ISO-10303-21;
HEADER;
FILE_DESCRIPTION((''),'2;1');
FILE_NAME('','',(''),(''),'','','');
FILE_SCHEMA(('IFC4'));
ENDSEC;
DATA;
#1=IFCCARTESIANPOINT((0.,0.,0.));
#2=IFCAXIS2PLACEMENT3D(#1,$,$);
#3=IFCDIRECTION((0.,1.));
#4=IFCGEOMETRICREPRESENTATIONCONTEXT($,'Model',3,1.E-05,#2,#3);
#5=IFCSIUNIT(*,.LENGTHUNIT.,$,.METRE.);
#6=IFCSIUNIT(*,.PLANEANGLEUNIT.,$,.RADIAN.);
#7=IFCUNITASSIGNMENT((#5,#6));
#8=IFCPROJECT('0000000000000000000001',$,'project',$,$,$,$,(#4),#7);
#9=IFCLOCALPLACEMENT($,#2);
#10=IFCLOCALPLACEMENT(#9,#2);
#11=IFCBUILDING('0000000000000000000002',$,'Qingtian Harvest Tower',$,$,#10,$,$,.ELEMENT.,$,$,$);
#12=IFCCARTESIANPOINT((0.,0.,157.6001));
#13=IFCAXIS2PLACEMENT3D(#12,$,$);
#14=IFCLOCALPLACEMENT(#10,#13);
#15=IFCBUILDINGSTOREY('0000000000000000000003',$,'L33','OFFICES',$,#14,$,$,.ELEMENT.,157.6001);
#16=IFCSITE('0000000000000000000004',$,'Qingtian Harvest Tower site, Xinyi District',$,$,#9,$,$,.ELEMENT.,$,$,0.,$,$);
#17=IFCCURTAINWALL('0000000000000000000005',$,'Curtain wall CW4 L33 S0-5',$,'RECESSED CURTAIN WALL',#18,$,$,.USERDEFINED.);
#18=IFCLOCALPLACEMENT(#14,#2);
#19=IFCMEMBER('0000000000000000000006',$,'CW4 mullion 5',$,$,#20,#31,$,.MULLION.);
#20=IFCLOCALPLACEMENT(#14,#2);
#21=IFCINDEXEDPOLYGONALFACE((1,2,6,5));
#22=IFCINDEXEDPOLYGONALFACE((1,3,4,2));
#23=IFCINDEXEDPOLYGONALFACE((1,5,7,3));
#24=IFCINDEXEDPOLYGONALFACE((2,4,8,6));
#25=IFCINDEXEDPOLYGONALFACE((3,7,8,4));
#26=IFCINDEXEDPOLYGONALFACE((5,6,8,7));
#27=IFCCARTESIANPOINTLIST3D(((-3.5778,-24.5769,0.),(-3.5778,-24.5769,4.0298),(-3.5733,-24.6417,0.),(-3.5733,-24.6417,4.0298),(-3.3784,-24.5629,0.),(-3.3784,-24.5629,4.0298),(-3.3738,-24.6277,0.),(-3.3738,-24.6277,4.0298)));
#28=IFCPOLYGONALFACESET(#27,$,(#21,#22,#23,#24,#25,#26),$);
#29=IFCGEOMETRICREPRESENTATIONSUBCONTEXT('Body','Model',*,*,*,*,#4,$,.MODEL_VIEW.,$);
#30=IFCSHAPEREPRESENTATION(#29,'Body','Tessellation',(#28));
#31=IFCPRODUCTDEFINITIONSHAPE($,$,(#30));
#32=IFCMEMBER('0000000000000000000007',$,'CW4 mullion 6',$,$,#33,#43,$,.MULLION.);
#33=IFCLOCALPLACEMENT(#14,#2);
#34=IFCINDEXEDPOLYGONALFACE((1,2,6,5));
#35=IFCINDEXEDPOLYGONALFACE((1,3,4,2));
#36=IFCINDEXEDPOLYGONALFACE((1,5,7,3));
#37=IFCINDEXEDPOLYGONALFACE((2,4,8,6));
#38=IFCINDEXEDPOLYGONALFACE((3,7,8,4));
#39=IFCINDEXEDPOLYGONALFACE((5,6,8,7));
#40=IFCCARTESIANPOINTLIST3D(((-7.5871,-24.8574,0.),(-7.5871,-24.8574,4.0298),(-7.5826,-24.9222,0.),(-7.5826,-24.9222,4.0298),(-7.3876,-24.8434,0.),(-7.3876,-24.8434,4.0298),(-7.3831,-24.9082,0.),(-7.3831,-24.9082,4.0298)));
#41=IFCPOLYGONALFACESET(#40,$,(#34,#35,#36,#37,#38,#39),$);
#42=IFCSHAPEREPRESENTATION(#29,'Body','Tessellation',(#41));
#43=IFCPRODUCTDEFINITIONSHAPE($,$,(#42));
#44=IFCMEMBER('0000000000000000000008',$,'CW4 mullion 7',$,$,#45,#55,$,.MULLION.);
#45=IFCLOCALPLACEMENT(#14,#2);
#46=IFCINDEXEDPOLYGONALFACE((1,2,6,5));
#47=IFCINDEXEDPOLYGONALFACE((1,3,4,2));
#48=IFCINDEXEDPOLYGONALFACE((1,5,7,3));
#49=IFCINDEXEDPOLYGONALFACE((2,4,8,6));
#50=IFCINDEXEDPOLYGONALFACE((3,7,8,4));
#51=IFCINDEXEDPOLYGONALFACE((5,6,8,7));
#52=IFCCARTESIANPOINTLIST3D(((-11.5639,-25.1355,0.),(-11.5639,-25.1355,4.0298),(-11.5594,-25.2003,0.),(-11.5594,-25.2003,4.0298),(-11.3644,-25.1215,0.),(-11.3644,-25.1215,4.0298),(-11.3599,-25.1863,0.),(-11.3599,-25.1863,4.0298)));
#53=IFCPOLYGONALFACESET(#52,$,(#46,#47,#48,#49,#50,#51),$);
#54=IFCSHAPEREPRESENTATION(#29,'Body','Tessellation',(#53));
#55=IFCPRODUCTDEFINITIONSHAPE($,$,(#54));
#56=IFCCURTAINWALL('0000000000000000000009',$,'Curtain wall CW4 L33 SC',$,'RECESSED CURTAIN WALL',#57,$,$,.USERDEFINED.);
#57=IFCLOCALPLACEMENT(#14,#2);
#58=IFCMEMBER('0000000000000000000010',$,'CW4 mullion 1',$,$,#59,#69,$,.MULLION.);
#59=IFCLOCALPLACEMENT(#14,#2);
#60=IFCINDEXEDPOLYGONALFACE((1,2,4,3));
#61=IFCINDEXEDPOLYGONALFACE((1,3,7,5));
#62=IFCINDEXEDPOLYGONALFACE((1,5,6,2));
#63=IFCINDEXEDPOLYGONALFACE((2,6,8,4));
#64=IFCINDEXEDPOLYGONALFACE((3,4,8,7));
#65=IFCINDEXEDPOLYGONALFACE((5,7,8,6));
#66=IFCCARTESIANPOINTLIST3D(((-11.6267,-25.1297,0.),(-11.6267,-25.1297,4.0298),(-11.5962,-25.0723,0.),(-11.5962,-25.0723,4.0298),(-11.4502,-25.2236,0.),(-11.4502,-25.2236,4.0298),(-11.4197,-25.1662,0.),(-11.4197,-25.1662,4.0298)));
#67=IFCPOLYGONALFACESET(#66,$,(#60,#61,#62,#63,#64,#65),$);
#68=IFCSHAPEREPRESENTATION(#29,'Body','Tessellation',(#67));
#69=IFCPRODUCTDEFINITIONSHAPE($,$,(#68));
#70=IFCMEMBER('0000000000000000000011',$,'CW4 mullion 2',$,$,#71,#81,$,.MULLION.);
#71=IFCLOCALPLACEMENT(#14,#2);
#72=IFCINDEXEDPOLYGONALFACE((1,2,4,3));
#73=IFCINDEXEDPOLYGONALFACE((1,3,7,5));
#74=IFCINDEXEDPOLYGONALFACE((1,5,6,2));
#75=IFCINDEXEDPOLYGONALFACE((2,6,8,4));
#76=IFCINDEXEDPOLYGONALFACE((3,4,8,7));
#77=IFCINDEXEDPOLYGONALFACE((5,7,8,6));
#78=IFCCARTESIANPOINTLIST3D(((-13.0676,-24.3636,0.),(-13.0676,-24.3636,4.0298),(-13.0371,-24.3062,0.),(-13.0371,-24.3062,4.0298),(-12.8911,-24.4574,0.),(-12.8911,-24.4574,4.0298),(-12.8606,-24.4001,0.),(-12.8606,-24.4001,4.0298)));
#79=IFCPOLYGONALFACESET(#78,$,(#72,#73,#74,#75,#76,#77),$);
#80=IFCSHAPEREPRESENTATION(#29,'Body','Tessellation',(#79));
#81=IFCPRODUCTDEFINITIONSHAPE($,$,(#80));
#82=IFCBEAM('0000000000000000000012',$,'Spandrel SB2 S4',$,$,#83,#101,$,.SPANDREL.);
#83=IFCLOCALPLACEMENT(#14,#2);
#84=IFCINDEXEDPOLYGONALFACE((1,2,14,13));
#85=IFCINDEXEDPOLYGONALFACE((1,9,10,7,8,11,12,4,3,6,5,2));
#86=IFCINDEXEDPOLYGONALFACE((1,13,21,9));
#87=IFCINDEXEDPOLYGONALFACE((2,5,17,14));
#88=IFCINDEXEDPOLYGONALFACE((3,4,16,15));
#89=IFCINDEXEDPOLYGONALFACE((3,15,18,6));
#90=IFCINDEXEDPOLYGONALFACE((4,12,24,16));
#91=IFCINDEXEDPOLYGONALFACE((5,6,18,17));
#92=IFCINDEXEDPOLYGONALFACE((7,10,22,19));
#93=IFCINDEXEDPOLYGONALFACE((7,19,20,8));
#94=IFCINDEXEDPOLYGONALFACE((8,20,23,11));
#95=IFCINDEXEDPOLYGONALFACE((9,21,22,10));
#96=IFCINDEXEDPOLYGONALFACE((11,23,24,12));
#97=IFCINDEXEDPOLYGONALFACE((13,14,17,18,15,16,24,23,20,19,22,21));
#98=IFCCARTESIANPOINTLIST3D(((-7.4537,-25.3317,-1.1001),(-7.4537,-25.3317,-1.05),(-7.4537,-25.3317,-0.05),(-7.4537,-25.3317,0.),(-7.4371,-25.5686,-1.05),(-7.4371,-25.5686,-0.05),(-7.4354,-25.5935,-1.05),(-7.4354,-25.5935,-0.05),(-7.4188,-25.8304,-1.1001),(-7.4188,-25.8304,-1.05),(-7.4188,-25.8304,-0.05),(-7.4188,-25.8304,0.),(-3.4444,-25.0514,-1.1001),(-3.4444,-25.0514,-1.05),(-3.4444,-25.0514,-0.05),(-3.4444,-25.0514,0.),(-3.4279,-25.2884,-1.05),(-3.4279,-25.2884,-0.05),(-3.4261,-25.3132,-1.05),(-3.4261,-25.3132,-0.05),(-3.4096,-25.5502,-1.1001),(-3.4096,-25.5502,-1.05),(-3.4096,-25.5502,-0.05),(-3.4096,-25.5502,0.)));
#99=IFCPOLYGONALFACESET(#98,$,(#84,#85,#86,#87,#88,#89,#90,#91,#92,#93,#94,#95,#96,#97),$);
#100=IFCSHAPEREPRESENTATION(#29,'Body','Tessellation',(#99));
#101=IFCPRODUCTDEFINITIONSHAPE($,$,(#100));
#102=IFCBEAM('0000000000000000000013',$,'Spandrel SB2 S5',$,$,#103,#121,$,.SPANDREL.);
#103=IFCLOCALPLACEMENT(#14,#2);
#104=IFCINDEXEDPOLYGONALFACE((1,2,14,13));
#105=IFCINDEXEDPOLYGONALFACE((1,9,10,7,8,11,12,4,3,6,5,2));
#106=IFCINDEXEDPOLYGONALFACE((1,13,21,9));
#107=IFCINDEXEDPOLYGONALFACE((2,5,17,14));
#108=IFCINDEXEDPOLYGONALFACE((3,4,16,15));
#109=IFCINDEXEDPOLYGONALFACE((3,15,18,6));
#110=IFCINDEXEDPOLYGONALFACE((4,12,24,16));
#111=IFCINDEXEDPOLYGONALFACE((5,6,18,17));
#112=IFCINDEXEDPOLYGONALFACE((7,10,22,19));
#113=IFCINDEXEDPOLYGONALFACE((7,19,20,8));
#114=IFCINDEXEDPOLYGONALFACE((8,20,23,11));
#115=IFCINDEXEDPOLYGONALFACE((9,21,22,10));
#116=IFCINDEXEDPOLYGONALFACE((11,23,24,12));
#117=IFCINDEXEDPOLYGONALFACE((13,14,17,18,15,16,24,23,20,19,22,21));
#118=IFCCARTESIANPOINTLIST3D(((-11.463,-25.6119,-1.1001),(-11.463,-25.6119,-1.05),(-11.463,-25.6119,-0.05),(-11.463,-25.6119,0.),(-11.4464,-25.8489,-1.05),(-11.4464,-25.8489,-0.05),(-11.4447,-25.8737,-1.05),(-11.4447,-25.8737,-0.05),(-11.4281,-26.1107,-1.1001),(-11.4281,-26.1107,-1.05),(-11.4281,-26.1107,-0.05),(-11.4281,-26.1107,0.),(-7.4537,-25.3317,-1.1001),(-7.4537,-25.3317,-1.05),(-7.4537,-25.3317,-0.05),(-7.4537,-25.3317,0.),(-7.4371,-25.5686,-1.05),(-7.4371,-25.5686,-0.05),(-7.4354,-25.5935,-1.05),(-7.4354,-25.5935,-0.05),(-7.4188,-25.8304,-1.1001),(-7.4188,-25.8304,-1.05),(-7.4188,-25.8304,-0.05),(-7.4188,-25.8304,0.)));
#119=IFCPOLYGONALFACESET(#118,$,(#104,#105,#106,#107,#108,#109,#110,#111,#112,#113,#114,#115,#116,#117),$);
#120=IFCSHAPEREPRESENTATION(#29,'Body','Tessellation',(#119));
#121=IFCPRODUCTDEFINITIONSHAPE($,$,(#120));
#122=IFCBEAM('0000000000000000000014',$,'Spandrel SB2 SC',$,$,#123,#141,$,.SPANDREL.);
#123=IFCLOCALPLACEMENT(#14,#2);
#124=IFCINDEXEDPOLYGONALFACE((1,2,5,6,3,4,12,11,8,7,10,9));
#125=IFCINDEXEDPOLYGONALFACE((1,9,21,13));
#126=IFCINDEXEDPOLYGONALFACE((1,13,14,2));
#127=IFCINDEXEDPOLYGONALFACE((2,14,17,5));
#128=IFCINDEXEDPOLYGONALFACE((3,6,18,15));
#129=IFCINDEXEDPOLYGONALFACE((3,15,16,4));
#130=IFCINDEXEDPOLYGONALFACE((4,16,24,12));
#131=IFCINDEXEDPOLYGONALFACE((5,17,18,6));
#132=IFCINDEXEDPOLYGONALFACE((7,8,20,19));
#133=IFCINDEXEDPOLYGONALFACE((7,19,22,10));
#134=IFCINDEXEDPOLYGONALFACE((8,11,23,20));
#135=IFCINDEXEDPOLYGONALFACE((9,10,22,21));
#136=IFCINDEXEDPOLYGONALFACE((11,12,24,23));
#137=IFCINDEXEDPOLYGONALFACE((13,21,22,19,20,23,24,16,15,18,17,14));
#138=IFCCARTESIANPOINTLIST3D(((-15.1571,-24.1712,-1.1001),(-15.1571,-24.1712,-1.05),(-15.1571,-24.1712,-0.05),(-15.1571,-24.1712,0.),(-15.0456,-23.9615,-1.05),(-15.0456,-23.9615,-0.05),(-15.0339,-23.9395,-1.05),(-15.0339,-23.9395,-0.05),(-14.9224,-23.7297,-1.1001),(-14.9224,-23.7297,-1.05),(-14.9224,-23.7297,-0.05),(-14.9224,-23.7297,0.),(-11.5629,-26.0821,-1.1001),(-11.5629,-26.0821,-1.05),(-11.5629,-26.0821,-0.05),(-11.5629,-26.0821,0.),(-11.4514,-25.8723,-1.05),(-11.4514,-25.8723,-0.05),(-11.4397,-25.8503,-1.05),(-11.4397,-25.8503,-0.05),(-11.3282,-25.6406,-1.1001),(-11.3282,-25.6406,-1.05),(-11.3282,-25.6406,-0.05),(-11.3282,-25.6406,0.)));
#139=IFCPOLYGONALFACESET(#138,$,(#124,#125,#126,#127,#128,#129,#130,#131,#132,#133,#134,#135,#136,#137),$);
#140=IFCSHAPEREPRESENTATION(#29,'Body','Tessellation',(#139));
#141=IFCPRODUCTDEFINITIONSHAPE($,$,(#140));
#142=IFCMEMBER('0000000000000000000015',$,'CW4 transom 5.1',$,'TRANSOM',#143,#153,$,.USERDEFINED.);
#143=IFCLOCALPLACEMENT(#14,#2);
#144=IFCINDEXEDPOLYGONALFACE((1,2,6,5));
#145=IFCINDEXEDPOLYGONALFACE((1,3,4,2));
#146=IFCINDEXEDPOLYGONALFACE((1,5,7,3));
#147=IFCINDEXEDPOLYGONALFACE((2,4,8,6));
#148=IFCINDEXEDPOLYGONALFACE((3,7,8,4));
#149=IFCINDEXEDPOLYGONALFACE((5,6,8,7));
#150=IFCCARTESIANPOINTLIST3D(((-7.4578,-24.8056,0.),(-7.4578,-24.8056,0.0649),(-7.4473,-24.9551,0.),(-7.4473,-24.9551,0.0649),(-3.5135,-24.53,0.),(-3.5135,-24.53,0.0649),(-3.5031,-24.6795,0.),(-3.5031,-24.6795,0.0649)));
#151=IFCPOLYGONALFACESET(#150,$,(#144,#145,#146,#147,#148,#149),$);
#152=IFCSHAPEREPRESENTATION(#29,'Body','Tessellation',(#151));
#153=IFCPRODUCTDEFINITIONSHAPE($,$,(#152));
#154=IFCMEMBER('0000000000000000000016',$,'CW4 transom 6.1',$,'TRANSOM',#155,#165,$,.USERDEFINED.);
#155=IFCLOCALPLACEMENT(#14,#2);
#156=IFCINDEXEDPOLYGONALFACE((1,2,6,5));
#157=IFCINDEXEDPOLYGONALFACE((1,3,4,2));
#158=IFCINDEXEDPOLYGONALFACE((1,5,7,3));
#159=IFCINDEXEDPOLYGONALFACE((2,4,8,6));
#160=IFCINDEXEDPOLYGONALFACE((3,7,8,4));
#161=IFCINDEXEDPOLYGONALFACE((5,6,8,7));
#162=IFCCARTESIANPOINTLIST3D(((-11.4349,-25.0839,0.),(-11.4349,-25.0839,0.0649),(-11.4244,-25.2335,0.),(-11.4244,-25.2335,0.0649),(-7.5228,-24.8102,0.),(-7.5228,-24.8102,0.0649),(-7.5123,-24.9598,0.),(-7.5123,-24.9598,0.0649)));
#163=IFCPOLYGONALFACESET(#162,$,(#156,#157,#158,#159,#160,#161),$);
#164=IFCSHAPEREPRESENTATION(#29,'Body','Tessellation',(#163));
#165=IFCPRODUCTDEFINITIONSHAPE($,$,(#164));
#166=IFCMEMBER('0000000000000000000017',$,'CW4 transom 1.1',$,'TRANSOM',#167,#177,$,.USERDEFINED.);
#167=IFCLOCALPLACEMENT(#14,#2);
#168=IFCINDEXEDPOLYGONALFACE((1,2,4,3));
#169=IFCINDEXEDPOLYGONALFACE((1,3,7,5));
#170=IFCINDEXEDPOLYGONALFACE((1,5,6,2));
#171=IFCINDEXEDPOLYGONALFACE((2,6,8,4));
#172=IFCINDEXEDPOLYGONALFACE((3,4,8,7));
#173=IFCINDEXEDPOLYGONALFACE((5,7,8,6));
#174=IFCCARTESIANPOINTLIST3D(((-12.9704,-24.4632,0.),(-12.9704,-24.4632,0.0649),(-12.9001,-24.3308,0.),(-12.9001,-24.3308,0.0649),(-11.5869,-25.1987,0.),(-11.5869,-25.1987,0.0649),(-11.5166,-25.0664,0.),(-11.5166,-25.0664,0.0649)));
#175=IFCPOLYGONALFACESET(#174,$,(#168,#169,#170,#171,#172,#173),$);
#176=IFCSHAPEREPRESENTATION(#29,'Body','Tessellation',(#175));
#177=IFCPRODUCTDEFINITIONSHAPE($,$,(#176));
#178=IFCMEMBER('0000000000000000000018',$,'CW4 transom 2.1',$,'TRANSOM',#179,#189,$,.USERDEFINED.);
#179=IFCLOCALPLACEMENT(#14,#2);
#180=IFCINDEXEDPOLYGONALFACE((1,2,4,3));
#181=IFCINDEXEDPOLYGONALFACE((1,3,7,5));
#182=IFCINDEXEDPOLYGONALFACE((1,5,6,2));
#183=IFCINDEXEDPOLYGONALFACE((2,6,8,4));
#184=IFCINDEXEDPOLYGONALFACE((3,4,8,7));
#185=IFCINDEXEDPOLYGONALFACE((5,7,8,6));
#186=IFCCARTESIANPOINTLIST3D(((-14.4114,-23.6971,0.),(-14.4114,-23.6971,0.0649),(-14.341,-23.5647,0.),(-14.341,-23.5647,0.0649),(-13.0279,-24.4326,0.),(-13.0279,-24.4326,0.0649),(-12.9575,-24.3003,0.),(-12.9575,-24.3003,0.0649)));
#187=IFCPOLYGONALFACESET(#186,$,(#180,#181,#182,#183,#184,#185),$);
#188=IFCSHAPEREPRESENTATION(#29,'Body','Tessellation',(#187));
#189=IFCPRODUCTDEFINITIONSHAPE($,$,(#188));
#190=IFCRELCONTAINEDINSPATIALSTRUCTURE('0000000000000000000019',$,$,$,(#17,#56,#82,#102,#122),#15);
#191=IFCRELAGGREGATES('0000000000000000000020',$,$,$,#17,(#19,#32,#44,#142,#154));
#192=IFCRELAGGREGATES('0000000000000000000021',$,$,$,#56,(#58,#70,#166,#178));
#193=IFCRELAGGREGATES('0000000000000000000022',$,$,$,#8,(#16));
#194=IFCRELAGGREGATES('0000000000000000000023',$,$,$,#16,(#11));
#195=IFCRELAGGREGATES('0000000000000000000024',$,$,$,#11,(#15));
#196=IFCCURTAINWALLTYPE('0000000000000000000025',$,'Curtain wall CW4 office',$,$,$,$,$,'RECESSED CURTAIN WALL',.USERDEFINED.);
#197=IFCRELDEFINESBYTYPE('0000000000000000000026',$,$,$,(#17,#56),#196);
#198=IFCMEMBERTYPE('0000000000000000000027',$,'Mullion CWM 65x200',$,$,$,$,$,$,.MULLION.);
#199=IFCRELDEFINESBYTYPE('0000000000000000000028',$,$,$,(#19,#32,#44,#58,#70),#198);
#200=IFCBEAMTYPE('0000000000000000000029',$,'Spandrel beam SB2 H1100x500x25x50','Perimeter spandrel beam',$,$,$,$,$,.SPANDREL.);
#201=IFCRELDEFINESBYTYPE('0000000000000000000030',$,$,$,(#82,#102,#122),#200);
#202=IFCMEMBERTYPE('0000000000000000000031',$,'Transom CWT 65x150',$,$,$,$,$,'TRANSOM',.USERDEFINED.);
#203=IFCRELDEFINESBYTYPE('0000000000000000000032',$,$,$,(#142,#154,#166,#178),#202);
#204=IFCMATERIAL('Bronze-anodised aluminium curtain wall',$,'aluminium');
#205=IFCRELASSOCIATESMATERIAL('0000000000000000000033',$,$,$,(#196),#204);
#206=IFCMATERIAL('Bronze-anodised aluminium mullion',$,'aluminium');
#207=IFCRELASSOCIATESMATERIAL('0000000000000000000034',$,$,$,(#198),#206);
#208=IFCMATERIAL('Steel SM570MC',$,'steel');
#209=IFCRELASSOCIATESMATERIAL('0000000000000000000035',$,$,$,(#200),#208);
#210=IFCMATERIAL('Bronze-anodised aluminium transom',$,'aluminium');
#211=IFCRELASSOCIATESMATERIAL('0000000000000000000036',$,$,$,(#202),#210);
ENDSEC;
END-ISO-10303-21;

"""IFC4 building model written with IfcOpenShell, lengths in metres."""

from ifc_helpers import new_model, si_unit, direction, frame, origin, origin_2d, place, context, subcontext, project, spatial, rectangle, i_section, extrude, material, material_profile, profile_set, type_object, element, aggregate, save


model = new_model("IFC4")

# Units and contexts
model_context = context("Model", 3, precision=1e-05, world=origin(), true_north=direction((0.0, 1.0)))
body_context = subcontext(model_context, "Body", "Model", "MODEL_VIEW")
ifc_project = project(units=[si_unit("LENGTHUNIT", "METRE"), si_unit("PLANEANGLEUNIT", "RADIAN")], contexts=[model_context])

# Site, building, storey
site_placement = place(None, origin())
site = spatial("IfcSite", under=ifc_project, at=site_placement, Name="Qingtian Harvest Tower site, Xinyi District", CompositionType="ELEMENT", RefElevation=0.0)
building_placement = place(site_placement, origin())
building = spatial("IfcBuilding", under=site, at=building_placement, Name="Qingtian Harvest Tower", CompositionType="ELEMENT")
storey_placement = place(building_placement, frame((0.0, 0.0, 157.6001)))
storey = spatial("IfcBuildingStorey", under=building, at=storey_placement, Name="L33", Description="OFFICES", CompositionType="ELEMENT", Elevation=157.6001)

# Curtain walls, members
ifc_material_1 = material(Name="Bronze-anodised aluminium curtain wall", Category="aluminium")
curtain_wall_type = type_object("IfcCurtainWallType", Name="Curtain wall CW4 office", ElementType="RECESSED CURTAIN WALL", PredefinedType="USERDEFINED", material=ifc_material_1)
curtain_wall_1_placement = place(storey_placement, origin())
curtain_wall_1 = element("IfcCurtainWall", 1, at=curtain_wall_1_placement, inside=storey, type_object=curtain_wall_type, Name="Curtain wall CW4 L33 S0-5", ObjectType="RECESSED CURTAIN WALL", PredefinedType="USERDEFINED")
ifc_material_2 = material(Name="Bronze-anodised aluminium mullion", Category="aluminium")
ifc_material_profile_1 = material_profile(ifc_material_2, rectangle(XDim=0.0649, YDim=0.2, at=origin_2d()), Name="AL 65x200")
ifc_profile_set_1 = profile_set([ifc_material_profile_1], Name="Bronze-anodised aluminium mullion")
member_type_1 = type_object("IfcMemberType", Name="Mullion CWM 65x200", PredefinedType="MULLION", material=ifc_profile_set_1)
member_1_placement = place(storey_placement, frame((-3.4758, -24.6023, 0.0), z_axis=(0.0, 0.0, 1.0), x_axis=(0.069756, -0.997564, 0.0)))
member_1 = element("IfcMember", 2, at=member_1_placement, type_object=member_type_1, Name="CW4 mullion 5", PredefinedType="MULLION", context=body_context, shape_type="SweptSolid", body=[
    extrude(rectangle(XDim=0.0649, YDim=0.2, at=origin_2d()), origin(), (0.0, 0.0, 1.0), 4.0298),
])
member_2_placement = place(storey_placement, frame((-7.4851, -24.8828, 0.0), z_axis=(0.0, 0.0, 1.0), x_axis=(0.069756, -0.997564, 0.0)))
member_2 = element("IfcMember", 3, at=member_2_placement, type_object=member_type_1, Name="CW4 mullion 6", PredefinedType="MULLION", context=body_context, shape_type="SweptSolid", body=[
    extrude(rectangle(XDim=0.0649, YDim=0.2, at=origin_2d()), origin(), (0.0, 0.0, 1.0), 4.0298),
])
member_3_placement = place(storey_placement, frame((-11.4619, -25.1609, 0.0), z_axis=(0.0, 0.0, 1.0), x_axis=(0.069756, -0.997564, 0.0)))
member_3 = element("IfcMember", 4, at=member_3_placement, type_object=member_type_1, Name="CW4 mullion 7", PredefinedType="MULLION", context=body_context, shape_type="SweptSolid", body=[
    extrude(rectangle(XDim=0.0649, YDim=0.2, at=origin_2d()), origin(), (0.0, 0.0, 1.0), 4.0298),
])
curtain_wall_2_placement = place(storey_placement, origin())
curtain_wall_2 = element("IfcCurtainWall", 5, at=curtain_wall_2_placement, inside=storey, type_object=curtain_wall_type, Name="Curtain wall CW4 L33 SC", ObjectType="RECESSED CURTAIN WALL", PredefinedType="USERDEFINED")
member_4_placement = place(storey_placement, frame((-11.5232, -25.1479, 0.0), z_axis=(0.0, 0.0, 1.0), x_axis=(-0.469472, -0.882948, 0.0)))
member_4 = element("IfcMember", 6, at=member_4_placement, type_object=member_type_1, Name="CW4 mullion 1", PredefinedType="MULLION", context=body_context, shape_type="SweptSolid", body=[
    extrude(rectangle(XDim=0.0649, YDim=0.2, at=origin_2d()), origin(), (0.0, 0.0, 1.0), 4.0298),
])
member_5_placement = place(storey_placement, frame((-12.9641, -24.3818, 0.0), z_axis=(0.0, 0.0, 1.0), x_axis=(-0.469472, -0.882948, 0.0)))
member_5 = element("IfcMember", 7, at=member_5_placement, type_object=member_type_1, Name="CW4 mullion 2", PredefinedType="MULLION", context=body_context, shape_type="SweptSolid", body=[
    extrude(rectangle(XDim=0.0649, YDim=0.2, at=origin_2d()), origin(), (0.0, 0.0, 1.0), 4.0298),
])

# Beams
ifc_material_3 = material(Name="Steel SM570MC", Category="steel")
ifc_material_profile_2 = material_profile(ifc_material_3, i_section(OverallWidth=0.5, OverallDepth=1.1001, WebThickness=0.0249, FlangeThickness=0.05, at=origin_2d()), Name="H1100x500x25x50")
ifc_profile_set_2 = profile_set([ifc_material_profile_2], Name="Steel SM570MC")
beam_type_1 = type_object("IfcBeamType", Name="Spandrel beam SB2 H1100x500x25x50", Description="Perimeter spandrel beam", PredefinedType="SPANDREL", material=ifc_profile_set_2)
for number, where, z_axis, x_axis, name in (
    (8, (-3.427, -25.3008, -0.55), (-0.997565, -0.069736, 0.0), (0.069736, -0.997565, 0.0), "Spandrel SB2 S4"),
    (9, (-7.4363, -25.5811, -0.55), (-0.997565, -0.069736, 0.0), (0.069736, -0.997565, 0.0), "Spandrel SB2 S5"),
):
    element("IfcBeam", number, at=place(storey_placement, frame(where, z_axis=z_axis, x_axis=x_axis)), inside=storey, type_object=beam_type_1, Name=name, PredefinedType="SPANDREL", context=body_context, shape_type="SweptSolid", body=[
        extrude(i_section(OverallWidth=0.5, OverallDepth=1.1001, WebThickness=0.0249, FlangeThickness=0.05, at=origin_2d()), origin(), (0.0, 0.0, 1.0), 4.019),
    ])
beam_1_placement = place(storey_placement, frame((-11.4456, -25.8613, -0.55), z_axis=(-0.882968, 0.469433, 0.0), x_axis=(-0.469433, -0.882968, 0.0)))
element("IfcBeam", 10, at=beam_1_placement, inside=storey, type_object=beam_type_1, Name="Spandrel SB2 SC", PredefinedType="SPANDREL", context=body_context, shape_type="SweptSolid", body=[
    extrude(i_section(OverallWidth=0.5, OverallDepth=1.1001, WebThickness=0.0249, FlangeThickness=0.05, at=origin_2d()), origin(), (0.0, 0.0, 1.0), 4.0706),
])

# Members
ifc_material_4 = material(Name="Bronze-anodised aluminium transom", Category="aluminium")
ifc_material_profile_3 = material_profile(ifc_material_4, rectangle(XDim=0.1499, YDim=0.0649, at=origin_2d()), Name="AL 65x150")
ifc_profile_set_3 = profile_set([ifc_material_profile_3], Name="Bronze-anodised aluminium transom")
member_type_2 = type_object("IfcMemberType", Name="Transom CWT 65x150", ElementType="TRANSOM", PredefinedType="USERDEFINED", material=ifc_profile_set_3)
member_6_placement = place(storey_placement, frame((-3.5083, -24.6047, 0.0325), z_axis=(-0.997567, -0.069711, 0.0), x_axis=(0.069711, -0.997567, 0.0)))
member_6 = element("IfcMember", 11, at=member_6_placement, type_object=member_type_2, Name="CW4 transom 5.1", ObjectType="TRANSOM", PredefinedType="USERDEFINED", context=body_context, shape_type="SweptSolid", body=[
    extrude(rectangle(XDim=0.1499, YDim=0.0649, at=origin_2d()), origin(), (0.0, 0.0, 1.0), 3.9539),
])
member_7_placement = place(storey_placement, frame((-7.5176, -24.885, 0.0325), z_axis=(-0.997562, -0.069787, 0.0), x_axis=(0.069787, -0.997562, 0.0)))
member_7 = element("IfcMember", 12, at=member_7_placement, type_object=member_type_2, Name="CW4 transom 6.1", ObjectType="TRANSOM", PredefinedType="USERDEFINED", context=body_context, shape_type="SweptSolid", body=[
    extrude(rectangle(XDim=0.1499, YDim=0.0649, at=origin_2d()), origin(), (0.0, 0.0, 1.0), 3.9216),
])
member_8_placement = place(storey_placement, frame((-11.5518, -25.1326, 0.0325), z_axis=(-0.88296, 0.469448, 0.0), x_axis=(-0.469448, -0.88296, 0.0)))
member_8 = element("IfcMember", 13, at=member_8_placement, type_object=member_type_2, Name="CW4 transom 1.1", ObjectType="TRANSOM", PredefinedType="USERDEFINED", context=body_context, shape_type="SweptSolid", body=[
    extrude(rectangle(XDim=0.1499, YDim=0.0649, at=origin_2d()), origin(), (0.0, 0.0, 1.0), 1.5669),
])
member_9_placement = place(storey_placement, frame((-12.9927, -24.3665, 0.0325), z_axis=(-0.88296, 0.469448, 0.0), x_axis=(-0.469448, -0.88296, 0.0)))
member_9 = element("IfcMember", 14, at=member_9_placement, type_object=member_type_2, Name="CW4 transom 2.1", ObjectType="TRANSOM", PredefinedType="USERDEFINED", context=body_context, shape_type="SweptSolid", body=[
    extrude(rectangle(XDim=0.1499, YDim=0.0649, at=origin_2d()), origin(), (0.0, 0.0, 1.0), 1.5669),
])

aggregate(curtain_wall_1, [member_1, member_2, member_3, member_6, member_7])
aggregate(curtain_wall_2, [member_4, member_5, member_8, member_9])

save(model, "model.ifc")
